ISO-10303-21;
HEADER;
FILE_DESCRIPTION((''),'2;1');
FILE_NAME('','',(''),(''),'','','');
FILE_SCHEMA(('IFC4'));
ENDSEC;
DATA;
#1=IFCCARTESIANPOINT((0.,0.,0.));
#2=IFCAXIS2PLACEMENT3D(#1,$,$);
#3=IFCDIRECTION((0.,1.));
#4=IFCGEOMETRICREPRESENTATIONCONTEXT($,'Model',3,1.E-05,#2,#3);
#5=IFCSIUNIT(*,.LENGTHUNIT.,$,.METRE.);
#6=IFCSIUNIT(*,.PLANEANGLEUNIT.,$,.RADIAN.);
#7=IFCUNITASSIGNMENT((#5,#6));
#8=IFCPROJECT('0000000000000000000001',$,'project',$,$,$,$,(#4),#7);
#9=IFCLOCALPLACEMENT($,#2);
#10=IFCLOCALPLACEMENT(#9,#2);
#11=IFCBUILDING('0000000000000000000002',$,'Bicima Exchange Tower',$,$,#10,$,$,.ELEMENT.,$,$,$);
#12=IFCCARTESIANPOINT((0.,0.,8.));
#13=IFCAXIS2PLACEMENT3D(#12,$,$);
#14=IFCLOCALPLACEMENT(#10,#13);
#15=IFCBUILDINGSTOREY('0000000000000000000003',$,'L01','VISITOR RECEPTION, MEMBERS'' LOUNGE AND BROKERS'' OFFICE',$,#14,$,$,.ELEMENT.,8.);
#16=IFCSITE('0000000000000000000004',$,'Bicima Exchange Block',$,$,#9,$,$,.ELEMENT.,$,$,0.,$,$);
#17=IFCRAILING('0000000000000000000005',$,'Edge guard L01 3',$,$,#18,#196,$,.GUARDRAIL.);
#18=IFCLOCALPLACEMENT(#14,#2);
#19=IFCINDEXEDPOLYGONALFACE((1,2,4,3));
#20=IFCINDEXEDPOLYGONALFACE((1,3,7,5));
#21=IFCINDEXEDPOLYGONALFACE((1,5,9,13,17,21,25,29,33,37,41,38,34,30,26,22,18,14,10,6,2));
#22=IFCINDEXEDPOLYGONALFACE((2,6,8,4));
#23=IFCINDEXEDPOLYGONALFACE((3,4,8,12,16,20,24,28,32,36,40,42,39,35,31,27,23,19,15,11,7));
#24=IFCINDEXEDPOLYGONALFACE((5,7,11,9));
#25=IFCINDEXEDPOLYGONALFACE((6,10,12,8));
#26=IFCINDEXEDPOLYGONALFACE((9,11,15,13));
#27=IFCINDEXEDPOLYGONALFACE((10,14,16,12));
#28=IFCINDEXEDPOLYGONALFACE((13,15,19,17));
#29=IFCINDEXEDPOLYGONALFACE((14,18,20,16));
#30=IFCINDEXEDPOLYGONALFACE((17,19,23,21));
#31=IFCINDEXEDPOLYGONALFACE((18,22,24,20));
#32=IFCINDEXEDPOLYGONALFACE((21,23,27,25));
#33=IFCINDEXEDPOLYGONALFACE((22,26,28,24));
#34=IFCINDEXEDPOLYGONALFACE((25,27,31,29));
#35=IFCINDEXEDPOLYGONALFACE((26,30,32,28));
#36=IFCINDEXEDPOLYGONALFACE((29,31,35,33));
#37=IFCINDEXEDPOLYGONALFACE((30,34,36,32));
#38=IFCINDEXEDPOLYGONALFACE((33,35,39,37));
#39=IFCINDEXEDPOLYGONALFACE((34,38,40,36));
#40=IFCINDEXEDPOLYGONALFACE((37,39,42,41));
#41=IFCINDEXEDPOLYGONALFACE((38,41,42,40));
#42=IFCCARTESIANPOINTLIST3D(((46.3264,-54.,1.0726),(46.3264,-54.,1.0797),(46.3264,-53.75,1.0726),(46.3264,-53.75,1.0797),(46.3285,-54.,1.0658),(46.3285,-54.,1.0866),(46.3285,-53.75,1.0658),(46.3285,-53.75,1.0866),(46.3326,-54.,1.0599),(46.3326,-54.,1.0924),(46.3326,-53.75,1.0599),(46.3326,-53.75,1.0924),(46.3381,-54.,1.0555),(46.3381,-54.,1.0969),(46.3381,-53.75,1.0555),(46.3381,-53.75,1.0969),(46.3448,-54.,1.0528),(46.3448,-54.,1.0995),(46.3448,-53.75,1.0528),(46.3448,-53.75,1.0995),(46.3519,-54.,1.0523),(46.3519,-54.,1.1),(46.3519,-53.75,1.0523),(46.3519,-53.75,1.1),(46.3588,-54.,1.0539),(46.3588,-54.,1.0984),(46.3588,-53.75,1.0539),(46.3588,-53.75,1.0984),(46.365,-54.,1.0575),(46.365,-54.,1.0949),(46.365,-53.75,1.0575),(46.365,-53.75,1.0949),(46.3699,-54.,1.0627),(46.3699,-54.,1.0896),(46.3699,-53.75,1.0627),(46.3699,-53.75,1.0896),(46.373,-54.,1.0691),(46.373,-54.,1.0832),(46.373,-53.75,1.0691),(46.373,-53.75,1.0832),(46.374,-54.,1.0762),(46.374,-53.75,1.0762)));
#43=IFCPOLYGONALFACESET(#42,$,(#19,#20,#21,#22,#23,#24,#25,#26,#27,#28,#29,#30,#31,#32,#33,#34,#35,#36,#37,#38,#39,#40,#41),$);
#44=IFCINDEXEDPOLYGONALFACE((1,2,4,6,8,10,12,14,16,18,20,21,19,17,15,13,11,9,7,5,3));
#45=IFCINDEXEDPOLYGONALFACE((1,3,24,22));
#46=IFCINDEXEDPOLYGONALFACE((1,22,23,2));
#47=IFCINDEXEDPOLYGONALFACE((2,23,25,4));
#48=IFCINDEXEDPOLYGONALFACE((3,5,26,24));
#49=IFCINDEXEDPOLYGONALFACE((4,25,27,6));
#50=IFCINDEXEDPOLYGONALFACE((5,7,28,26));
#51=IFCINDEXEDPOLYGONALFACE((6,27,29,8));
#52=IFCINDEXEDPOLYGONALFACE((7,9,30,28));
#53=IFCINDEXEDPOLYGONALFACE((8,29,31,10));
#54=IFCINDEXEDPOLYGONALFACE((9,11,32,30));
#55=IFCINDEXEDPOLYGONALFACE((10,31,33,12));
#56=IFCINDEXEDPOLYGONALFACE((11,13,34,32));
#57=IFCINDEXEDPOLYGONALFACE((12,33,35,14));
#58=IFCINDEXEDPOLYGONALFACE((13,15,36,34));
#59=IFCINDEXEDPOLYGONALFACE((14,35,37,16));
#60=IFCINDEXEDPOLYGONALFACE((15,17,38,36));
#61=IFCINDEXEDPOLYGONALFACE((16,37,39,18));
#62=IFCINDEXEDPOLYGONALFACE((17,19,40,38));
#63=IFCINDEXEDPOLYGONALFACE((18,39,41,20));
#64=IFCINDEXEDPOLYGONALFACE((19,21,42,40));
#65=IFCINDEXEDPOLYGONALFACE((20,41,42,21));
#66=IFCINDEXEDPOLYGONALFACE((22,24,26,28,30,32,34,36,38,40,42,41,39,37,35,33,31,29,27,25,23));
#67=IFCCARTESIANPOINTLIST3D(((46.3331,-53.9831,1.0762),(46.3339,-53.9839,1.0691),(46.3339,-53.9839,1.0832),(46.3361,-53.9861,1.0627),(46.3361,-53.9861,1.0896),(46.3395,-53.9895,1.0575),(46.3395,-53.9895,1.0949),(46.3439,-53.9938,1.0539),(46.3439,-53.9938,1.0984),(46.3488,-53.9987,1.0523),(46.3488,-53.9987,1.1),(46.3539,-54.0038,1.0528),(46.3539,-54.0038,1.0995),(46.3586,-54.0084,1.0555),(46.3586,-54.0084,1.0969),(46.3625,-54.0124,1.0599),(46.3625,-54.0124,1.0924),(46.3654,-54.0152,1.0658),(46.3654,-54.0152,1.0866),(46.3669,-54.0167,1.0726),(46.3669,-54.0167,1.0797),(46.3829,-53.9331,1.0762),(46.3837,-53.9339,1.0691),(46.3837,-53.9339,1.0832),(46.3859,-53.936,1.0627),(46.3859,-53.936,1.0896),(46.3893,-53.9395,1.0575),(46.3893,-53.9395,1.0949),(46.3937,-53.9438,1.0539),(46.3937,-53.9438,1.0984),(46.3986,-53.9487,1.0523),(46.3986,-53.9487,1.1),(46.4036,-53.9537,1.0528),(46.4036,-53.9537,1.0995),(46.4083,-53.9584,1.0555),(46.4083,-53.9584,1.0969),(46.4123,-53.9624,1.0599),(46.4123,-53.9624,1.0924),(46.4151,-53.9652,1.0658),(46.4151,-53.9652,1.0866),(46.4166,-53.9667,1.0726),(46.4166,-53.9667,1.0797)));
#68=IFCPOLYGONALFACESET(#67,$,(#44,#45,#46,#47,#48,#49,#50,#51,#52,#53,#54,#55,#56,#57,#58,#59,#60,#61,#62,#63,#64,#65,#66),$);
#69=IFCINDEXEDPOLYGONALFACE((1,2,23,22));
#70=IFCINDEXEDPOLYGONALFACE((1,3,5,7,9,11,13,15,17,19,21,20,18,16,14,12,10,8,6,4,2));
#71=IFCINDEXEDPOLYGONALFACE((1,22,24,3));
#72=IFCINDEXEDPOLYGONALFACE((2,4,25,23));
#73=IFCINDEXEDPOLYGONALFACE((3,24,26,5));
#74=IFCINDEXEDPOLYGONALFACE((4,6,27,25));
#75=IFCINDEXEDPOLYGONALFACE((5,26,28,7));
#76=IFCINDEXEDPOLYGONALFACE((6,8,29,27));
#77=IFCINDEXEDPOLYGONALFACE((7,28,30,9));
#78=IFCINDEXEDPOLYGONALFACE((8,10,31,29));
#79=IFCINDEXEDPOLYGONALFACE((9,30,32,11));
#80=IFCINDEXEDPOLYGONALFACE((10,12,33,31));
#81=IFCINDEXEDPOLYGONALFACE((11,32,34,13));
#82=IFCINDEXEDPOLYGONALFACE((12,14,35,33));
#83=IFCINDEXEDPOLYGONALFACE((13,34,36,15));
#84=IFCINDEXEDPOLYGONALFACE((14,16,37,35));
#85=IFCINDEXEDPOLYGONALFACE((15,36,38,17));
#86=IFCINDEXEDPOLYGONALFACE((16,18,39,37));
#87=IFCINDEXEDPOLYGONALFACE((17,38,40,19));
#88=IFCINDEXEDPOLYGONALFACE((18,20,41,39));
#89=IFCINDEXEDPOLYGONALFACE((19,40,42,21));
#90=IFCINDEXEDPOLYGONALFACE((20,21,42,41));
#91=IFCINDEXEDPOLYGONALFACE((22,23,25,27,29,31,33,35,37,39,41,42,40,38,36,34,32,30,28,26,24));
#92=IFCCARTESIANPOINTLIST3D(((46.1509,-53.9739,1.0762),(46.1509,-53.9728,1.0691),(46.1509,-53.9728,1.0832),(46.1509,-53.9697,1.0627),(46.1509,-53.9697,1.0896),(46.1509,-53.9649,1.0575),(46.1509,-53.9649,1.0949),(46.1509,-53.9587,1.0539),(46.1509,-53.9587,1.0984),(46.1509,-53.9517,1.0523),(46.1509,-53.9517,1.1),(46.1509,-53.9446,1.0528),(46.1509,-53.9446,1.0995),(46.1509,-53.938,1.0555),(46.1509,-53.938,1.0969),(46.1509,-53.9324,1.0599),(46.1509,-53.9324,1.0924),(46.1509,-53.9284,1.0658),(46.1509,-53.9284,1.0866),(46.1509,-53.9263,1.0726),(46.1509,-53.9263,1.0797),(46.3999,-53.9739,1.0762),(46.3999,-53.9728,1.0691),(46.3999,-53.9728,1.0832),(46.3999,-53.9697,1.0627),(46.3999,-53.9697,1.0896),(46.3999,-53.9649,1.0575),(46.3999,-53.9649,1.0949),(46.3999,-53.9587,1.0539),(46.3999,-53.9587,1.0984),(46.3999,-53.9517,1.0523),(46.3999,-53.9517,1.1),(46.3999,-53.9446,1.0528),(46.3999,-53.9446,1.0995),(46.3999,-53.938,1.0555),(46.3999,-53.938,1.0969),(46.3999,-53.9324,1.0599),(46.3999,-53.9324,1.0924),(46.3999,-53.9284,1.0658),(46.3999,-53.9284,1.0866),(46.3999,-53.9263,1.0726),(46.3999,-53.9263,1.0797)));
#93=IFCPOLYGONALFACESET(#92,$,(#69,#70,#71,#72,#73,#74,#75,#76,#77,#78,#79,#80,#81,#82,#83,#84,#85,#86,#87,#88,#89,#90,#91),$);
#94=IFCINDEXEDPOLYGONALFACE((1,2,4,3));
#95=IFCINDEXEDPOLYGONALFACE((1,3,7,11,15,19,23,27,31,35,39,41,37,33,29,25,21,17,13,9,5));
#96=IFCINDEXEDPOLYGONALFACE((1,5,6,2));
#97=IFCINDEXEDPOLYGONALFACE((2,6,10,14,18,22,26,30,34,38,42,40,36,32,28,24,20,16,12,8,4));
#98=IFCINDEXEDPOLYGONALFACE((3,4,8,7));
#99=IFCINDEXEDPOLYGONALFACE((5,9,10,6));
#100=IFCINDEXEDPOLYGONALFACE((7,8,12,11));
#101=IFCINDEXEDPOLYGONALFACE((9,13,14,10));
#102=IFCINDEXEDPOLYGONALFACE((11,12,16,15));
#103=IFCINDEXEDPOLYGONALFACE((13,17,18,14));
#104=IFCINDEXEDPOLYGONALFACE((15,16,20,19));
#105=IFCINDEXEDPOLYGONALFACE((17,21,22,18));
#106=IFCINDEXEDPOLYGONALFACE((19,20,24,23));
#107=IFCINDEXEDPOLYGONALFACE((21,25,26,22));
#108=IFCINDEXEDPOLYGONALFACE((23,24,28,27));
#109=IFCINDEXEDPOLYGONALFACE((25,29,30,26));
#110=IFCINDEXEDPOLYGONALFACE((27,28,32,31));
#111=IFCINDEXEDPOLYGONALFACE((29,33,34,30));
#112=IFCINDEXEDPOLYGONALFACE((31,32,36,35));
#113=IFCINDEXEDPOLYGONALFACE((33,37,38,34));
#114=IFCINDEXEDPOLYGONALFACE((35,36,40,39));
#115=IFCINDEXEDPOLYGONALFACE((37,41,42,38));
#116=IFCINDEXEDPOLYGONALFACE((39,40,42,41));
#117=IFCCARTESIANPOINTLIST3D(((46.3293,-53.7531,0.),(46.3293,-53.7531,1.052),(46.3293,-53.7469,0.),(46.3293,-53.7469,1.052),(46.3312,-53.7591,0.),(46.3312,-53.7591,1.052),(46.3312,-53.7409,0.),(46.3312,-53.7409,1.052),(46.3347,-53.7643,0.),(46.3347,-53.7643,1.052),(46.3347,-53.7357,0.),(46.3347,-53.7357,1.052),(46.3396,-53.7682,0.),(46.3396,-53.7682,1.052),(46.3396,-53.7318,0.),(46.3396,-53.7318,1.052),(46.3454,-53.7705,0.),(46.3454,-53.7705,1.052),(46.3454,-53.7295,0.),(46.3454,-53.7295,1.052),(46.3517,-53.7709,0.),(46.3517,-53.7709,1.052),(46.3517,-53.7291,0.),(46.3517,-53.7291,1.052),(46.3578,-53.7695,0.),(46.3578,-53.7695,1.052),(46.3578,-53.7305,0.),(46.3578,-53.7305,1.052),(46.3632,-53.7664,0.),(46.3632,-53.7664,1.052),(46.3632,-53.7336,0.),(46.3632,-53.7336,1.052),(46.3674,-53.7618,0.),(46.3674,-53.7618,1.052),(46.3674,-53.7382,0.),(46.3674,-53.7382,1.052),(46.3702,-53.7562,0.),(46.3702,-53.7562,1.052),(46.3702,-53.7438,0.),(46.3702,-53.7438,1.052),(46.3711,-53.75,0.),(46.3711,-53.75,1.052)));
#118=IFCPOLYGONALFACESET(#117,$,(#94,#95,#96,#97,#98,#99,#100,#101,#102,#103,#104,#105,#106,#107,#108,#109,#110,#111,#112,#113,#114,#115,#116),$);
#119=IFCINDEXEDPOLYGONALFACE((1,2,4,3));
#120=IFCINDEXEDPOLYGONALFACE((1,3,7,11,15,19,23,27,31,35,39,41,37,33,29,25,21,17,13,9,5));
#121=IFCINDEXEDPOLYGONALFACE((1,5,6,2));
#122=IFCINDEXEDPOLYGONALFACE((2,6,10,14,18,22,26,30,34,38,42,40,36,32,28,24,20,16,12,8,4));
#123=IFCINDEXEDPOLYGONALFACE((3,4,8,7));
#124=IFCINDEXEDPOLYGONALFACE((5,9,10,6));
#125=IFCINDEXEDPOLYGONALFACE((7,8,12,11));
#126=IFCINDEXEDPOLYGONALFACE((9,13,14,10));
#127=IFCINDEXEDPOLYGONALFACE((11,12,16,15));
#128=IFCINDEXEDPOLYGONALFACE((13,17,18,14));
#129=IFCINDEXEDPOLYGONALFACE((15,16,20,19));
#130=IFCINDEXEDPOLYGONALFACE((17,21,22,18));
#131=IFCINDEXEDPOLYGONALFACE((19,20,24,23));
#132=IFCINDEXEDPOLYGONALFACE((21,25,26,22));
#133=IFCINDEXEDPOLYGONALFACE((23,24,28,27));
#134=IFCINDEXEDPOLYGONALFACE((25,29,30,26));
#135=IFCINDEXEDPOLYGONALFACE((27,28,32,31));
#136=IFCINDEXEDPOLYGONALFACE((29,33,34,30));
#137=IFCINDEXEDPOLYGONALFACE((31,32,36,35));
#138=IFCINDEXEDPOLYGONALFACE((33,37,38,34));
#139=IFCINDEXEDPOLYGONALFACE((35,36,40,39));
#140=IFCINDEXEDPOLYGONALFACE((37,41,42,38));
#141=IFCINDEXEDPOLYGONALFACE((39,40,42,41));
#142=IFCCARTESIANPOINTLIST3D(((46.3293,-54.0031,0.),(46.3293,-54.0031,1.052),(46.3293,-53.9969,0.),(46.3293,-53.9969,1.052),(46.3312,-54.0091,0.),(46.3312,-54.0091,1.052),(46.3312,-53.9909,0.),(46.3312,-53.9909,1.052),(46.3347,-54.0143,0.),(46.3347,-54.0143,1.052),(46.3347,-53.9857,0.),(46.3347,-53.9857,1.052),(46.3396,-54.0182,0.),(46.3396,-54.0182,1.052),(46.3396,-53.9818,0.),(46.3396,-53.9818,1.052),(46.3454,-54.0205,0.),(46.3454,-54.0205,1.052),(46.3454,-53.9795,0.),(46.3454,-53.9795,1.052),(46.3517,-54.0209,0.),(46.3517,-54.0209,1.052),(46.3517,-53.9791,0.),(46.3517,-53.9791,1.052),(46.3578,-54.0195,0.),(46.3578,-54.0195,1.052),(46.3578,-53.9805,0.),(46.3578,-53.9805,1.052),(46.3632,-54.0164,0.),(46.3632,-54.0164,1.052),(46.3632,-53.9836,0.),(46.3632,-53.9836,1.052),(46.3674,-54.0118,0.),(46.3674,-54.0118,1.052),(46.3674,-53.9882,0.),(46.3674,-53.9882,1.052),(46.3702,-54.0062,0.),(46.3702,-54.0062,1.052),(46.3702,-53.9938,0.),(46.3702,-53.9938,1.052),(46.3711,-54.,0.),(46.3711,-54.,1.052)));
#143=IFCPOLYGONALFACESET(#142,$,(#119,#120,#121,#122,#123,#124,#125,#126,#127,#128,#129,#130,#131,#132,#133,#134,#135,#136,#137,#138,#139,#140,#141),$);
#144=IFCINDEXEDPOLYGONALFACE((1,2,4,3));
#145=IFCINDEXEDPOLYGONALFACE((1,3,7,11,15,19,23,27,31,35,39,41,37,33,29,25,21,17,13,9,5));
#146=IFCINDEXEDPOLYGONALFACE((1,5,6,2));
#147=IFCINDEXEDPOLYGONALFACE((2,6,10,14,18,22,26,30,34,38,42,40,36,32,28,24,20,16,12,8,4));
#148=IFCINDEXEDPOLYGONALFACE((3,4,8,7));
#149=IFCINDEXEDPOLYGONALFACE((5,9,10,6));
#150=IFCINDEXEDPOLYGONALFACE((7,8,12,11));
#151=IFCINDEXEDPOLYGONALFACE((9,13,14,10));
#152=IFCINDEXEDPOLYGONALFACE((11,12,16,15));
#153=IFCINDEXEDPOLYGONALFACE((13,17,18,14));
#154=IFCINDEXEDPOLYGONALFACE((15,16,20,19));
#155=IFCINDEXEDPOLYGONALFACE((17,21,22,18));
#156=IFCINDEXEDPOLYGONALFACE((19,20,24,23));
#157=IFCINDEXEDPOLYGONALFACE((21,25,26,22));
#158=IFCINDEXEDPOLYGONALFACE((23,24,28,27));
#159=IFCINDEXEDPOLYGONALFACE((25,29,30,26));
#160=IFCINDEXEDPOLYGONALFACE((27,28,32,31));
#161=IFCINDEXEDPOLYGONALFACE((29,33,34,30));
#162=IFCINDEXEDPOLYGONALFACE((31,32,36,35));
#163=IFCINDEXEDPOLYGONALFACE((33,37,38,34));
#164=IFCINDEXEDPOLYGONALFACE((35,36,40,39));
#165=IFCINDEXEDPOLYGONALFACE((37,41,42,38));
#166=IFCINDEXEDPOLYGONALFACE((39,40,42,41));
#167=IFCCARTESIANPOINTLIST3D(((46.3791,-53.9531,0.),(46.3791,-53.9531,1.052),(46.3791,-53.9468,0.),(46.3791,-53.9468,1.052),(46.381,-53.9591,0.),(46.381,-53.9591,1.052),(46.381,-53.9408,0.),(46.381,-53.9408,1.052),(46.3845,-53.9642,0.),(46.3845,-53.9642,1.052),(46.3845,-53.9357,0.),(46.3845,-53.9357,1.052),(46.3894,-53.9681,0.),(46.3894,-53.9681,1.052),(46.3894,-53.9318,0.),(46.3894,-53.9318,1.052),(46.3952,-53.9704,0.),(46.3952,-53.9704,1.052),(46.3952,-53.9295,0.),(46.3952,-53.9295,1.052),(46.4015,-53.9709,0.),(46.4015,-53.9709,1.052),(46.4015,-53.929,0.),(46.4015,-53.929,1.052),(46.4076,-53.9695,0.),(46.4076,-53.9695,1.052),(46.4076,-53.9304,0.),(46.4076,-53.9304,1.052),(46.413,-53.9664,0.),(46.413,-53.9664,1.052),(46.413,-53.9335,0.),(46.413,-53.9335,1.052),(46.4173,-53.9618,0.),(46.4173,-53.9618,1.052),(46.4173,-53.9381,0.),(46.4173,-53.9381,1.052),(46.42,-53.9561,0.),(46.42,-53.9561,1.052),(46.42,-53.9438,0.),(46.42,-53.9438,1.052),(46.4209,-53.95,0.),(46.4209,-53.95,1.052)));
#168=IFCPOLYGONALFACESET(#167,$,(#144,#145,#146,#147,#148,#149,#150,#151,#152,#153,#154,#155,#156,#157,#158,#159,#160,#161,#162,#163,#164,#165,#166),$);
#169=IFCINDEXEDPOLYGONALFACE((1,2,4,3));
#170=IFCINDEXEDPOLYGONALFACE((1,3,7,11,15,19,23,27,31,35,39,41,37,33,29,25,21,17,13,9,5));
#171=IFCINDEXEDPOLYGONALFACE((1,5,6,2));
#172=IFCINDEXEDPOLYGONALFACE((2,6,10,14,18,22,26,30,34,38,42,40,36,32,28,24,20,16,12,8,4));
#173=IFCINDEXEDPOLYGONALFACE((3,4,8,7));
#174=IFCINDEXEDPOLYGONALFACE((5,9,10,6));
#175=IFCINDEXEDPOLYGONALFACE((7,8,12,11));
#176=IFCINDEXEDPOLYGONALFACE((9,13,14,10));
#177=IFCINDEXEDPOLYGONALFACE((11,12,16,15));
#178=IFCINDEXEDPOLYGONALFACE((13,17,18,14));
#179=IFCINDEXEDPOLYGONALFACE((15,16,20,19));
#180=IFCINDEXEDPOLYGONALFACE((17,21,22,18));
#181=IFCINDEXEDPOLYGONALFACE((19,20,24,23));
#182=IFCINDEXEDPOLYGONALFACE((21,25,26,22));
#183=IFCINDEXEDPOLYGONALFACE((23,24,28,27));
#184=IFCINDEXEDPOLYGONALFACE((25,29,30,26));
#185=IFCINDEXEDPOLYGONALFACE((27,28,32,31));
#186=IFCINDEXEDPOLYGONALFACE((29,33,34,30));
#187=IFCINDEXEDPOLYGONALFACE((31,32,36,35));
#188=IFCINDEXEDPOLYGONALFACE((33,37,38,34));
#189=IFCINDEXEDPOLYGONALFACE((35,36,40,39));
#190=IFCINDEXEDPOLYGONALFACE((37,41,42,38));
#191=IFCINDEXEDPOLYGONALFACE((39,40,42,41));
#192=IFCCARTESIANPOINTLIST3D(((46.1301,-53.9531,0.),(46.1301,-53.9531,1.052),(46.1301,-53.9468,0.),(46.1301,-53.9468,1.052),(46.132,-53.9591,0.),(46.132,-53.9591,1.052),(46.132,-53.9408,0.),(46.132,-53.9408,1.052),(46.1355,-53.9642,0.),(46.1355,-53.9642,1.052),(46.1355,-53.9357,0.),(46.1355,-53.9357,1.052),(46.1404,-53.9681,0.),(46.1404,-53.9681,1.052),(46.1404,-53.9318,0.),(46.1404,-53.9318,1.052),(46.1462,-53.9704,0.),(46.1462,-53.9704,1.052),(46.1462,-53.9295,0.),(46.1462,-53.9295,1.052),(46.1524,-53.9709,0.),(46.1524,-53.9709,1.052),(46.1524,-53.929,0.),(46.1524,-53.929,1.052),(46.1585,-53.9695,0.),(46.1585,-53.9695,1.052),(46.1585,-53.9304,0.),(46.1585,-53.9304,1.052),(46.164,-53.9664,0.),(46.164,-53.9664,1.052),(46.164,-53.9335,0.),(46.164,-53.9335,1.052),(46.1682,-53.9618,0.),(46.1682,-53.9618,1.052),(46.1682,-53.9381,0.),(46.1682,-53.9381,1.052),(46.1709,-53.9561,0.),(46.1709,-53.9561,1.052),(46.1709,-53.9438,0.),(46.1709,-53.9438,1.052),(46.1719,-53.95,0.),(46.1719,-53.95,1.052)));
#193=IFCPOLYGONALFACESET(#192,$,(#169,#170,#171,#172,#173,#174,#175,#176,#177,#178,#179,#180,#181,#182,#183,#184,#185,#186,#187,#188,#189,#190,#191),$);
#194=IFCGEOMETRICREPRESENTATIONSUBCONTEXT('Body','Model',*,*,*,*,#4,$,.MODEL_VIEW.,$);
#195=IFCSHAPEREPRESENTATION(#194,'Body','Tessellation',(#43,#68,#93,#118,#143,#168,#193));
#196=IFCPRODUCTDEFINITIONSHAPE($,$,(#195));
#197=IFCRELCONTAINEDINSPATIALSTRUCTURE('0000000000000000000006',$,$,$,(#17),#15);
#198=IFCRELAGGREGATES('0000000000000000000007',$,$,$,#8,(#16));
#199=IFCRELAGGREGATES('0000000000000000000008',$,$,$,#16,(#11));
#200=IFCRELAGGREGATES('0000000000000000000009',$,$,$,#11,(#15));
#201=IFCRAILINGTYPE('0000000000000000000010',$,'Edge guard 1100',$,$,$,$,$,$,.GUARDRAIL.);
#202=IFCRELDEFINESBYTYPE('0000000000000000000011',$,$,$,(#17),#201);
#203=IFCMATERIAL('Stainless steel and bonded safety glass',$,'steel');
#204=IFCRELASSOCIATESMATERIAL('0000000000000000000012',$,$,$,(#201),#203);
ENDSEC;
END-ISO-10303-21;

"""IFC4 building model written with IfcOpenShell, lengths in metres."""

from ifc_helpers import new_model, si_unit, direction, frame, origin, origin_2d, place, context, subcontext, project, spatial, circle, extrude, material, type_object, element, save


model = new_model("IFC4")

# Units and contexts
model_context = context("Model", 3, precision=1e-05, world=origin(), true_north=direction((0.0, 1.0)))
body_context = subcontext(model_context, "Body", "Model", "MODEL_VIEW")
ifc_project = project(units=[si_unit("LENGTHUNIT", "METRE"), si_unit("PLANEANGLEUNIT", "RADIAN")], contexts=[model_context])

# Site, building, storey
site_placement = place(None, origin())
site = spatial("IfcSite", under=ifc_project, at=site_placement, Name="Bicima Exchange Block", CompositionType="ELEMENT", RefElevation=0.0)
building_placement = place(site_placement, origin())
building = spatial("IfcBuilding", under=site, at=building_placement, Name="Bicima Exchange Tower", CompositionType="ELEMENT")
storey_placement = place(building_placement, frame((0.0, 0.0, 8.0)))
storey = spatial("IfcBuildingStorey", under=building, at=storey_placement, Name="L01", Description="VISITOR RECEPTION, MEMBERS' LOUNGE AND BROKERS' OFFICE", CompositionType="ELEMENT", Elevation=8.0)

# Railing
ifc_material_1 = material(Name="Stainless steel and bonded safety glass", Category="steel")
railing_type = type_object("IfcRailingType", Name="Edge guard 1100", PredefinedType="GUARDRAIL", material=ifc_material_1)
railing_placement = place(storey_placement, frame((46.3501, -53.75, 0.0)))
element("IfcRailing", 1, at=railing_placement, inside=storey, type_object=railing_type, Name="Edge guard L01 3", PredefinedType="GUARDRAIL", context=body_context, shape_type="SweptSolid", body=[
    extrude(circle(Radius=0.0239, at=origin_2d()), frame((0.0, 0.0, 1.0762), z_axis=(0.0, -1.0, 0.0), x_axis=(1.0, 0.0, 0.0)), (0.0, 0.0, 1.0), 0.25),
    extrude(circle(Radius=0.0239, at=origin_2d()), frame((0.0, -0.25, 1.0762), z_axis=(0.705376, 0.708834, 0.0), x_axis=(-0.708834, 0.705376, 0.0)), (0.0, 0.0, 1.0), 0.0706),
    extrude(circle(Radius=0.0239, at=origin_2d()), frame((0.0498, -0.2, 1.0762), z_axis=(-1.0, 0.0, 0.0), x_axis=(0.0, -1.0, 0.0)), (0.0, 0.0, 1.0), 0.249),
    extrude(circle(Radius=0.021, at=origin_2d()), origin(), (0.0, 0.0, 1.0), 1.052),
    extrude(circle(Radius=0.021, at=origin_2d()), frame((0.0, -0.25, 0.0)), (0.0, 0.0, 1.0), 1.052),
    extrude(circle(Radius=0.021, at=origin_2d()), frame((0.0498, -0.2, 0.0)), (0.0, 0.0, 1.0), 1.052),
    extrude(circle(Radius=0.021, at=origin_2d()), frame((-0.1992, -0.2, 0.0)), (0.0, 0.0, 1.0), 1.052),
])

save(model, "model.ifc")
